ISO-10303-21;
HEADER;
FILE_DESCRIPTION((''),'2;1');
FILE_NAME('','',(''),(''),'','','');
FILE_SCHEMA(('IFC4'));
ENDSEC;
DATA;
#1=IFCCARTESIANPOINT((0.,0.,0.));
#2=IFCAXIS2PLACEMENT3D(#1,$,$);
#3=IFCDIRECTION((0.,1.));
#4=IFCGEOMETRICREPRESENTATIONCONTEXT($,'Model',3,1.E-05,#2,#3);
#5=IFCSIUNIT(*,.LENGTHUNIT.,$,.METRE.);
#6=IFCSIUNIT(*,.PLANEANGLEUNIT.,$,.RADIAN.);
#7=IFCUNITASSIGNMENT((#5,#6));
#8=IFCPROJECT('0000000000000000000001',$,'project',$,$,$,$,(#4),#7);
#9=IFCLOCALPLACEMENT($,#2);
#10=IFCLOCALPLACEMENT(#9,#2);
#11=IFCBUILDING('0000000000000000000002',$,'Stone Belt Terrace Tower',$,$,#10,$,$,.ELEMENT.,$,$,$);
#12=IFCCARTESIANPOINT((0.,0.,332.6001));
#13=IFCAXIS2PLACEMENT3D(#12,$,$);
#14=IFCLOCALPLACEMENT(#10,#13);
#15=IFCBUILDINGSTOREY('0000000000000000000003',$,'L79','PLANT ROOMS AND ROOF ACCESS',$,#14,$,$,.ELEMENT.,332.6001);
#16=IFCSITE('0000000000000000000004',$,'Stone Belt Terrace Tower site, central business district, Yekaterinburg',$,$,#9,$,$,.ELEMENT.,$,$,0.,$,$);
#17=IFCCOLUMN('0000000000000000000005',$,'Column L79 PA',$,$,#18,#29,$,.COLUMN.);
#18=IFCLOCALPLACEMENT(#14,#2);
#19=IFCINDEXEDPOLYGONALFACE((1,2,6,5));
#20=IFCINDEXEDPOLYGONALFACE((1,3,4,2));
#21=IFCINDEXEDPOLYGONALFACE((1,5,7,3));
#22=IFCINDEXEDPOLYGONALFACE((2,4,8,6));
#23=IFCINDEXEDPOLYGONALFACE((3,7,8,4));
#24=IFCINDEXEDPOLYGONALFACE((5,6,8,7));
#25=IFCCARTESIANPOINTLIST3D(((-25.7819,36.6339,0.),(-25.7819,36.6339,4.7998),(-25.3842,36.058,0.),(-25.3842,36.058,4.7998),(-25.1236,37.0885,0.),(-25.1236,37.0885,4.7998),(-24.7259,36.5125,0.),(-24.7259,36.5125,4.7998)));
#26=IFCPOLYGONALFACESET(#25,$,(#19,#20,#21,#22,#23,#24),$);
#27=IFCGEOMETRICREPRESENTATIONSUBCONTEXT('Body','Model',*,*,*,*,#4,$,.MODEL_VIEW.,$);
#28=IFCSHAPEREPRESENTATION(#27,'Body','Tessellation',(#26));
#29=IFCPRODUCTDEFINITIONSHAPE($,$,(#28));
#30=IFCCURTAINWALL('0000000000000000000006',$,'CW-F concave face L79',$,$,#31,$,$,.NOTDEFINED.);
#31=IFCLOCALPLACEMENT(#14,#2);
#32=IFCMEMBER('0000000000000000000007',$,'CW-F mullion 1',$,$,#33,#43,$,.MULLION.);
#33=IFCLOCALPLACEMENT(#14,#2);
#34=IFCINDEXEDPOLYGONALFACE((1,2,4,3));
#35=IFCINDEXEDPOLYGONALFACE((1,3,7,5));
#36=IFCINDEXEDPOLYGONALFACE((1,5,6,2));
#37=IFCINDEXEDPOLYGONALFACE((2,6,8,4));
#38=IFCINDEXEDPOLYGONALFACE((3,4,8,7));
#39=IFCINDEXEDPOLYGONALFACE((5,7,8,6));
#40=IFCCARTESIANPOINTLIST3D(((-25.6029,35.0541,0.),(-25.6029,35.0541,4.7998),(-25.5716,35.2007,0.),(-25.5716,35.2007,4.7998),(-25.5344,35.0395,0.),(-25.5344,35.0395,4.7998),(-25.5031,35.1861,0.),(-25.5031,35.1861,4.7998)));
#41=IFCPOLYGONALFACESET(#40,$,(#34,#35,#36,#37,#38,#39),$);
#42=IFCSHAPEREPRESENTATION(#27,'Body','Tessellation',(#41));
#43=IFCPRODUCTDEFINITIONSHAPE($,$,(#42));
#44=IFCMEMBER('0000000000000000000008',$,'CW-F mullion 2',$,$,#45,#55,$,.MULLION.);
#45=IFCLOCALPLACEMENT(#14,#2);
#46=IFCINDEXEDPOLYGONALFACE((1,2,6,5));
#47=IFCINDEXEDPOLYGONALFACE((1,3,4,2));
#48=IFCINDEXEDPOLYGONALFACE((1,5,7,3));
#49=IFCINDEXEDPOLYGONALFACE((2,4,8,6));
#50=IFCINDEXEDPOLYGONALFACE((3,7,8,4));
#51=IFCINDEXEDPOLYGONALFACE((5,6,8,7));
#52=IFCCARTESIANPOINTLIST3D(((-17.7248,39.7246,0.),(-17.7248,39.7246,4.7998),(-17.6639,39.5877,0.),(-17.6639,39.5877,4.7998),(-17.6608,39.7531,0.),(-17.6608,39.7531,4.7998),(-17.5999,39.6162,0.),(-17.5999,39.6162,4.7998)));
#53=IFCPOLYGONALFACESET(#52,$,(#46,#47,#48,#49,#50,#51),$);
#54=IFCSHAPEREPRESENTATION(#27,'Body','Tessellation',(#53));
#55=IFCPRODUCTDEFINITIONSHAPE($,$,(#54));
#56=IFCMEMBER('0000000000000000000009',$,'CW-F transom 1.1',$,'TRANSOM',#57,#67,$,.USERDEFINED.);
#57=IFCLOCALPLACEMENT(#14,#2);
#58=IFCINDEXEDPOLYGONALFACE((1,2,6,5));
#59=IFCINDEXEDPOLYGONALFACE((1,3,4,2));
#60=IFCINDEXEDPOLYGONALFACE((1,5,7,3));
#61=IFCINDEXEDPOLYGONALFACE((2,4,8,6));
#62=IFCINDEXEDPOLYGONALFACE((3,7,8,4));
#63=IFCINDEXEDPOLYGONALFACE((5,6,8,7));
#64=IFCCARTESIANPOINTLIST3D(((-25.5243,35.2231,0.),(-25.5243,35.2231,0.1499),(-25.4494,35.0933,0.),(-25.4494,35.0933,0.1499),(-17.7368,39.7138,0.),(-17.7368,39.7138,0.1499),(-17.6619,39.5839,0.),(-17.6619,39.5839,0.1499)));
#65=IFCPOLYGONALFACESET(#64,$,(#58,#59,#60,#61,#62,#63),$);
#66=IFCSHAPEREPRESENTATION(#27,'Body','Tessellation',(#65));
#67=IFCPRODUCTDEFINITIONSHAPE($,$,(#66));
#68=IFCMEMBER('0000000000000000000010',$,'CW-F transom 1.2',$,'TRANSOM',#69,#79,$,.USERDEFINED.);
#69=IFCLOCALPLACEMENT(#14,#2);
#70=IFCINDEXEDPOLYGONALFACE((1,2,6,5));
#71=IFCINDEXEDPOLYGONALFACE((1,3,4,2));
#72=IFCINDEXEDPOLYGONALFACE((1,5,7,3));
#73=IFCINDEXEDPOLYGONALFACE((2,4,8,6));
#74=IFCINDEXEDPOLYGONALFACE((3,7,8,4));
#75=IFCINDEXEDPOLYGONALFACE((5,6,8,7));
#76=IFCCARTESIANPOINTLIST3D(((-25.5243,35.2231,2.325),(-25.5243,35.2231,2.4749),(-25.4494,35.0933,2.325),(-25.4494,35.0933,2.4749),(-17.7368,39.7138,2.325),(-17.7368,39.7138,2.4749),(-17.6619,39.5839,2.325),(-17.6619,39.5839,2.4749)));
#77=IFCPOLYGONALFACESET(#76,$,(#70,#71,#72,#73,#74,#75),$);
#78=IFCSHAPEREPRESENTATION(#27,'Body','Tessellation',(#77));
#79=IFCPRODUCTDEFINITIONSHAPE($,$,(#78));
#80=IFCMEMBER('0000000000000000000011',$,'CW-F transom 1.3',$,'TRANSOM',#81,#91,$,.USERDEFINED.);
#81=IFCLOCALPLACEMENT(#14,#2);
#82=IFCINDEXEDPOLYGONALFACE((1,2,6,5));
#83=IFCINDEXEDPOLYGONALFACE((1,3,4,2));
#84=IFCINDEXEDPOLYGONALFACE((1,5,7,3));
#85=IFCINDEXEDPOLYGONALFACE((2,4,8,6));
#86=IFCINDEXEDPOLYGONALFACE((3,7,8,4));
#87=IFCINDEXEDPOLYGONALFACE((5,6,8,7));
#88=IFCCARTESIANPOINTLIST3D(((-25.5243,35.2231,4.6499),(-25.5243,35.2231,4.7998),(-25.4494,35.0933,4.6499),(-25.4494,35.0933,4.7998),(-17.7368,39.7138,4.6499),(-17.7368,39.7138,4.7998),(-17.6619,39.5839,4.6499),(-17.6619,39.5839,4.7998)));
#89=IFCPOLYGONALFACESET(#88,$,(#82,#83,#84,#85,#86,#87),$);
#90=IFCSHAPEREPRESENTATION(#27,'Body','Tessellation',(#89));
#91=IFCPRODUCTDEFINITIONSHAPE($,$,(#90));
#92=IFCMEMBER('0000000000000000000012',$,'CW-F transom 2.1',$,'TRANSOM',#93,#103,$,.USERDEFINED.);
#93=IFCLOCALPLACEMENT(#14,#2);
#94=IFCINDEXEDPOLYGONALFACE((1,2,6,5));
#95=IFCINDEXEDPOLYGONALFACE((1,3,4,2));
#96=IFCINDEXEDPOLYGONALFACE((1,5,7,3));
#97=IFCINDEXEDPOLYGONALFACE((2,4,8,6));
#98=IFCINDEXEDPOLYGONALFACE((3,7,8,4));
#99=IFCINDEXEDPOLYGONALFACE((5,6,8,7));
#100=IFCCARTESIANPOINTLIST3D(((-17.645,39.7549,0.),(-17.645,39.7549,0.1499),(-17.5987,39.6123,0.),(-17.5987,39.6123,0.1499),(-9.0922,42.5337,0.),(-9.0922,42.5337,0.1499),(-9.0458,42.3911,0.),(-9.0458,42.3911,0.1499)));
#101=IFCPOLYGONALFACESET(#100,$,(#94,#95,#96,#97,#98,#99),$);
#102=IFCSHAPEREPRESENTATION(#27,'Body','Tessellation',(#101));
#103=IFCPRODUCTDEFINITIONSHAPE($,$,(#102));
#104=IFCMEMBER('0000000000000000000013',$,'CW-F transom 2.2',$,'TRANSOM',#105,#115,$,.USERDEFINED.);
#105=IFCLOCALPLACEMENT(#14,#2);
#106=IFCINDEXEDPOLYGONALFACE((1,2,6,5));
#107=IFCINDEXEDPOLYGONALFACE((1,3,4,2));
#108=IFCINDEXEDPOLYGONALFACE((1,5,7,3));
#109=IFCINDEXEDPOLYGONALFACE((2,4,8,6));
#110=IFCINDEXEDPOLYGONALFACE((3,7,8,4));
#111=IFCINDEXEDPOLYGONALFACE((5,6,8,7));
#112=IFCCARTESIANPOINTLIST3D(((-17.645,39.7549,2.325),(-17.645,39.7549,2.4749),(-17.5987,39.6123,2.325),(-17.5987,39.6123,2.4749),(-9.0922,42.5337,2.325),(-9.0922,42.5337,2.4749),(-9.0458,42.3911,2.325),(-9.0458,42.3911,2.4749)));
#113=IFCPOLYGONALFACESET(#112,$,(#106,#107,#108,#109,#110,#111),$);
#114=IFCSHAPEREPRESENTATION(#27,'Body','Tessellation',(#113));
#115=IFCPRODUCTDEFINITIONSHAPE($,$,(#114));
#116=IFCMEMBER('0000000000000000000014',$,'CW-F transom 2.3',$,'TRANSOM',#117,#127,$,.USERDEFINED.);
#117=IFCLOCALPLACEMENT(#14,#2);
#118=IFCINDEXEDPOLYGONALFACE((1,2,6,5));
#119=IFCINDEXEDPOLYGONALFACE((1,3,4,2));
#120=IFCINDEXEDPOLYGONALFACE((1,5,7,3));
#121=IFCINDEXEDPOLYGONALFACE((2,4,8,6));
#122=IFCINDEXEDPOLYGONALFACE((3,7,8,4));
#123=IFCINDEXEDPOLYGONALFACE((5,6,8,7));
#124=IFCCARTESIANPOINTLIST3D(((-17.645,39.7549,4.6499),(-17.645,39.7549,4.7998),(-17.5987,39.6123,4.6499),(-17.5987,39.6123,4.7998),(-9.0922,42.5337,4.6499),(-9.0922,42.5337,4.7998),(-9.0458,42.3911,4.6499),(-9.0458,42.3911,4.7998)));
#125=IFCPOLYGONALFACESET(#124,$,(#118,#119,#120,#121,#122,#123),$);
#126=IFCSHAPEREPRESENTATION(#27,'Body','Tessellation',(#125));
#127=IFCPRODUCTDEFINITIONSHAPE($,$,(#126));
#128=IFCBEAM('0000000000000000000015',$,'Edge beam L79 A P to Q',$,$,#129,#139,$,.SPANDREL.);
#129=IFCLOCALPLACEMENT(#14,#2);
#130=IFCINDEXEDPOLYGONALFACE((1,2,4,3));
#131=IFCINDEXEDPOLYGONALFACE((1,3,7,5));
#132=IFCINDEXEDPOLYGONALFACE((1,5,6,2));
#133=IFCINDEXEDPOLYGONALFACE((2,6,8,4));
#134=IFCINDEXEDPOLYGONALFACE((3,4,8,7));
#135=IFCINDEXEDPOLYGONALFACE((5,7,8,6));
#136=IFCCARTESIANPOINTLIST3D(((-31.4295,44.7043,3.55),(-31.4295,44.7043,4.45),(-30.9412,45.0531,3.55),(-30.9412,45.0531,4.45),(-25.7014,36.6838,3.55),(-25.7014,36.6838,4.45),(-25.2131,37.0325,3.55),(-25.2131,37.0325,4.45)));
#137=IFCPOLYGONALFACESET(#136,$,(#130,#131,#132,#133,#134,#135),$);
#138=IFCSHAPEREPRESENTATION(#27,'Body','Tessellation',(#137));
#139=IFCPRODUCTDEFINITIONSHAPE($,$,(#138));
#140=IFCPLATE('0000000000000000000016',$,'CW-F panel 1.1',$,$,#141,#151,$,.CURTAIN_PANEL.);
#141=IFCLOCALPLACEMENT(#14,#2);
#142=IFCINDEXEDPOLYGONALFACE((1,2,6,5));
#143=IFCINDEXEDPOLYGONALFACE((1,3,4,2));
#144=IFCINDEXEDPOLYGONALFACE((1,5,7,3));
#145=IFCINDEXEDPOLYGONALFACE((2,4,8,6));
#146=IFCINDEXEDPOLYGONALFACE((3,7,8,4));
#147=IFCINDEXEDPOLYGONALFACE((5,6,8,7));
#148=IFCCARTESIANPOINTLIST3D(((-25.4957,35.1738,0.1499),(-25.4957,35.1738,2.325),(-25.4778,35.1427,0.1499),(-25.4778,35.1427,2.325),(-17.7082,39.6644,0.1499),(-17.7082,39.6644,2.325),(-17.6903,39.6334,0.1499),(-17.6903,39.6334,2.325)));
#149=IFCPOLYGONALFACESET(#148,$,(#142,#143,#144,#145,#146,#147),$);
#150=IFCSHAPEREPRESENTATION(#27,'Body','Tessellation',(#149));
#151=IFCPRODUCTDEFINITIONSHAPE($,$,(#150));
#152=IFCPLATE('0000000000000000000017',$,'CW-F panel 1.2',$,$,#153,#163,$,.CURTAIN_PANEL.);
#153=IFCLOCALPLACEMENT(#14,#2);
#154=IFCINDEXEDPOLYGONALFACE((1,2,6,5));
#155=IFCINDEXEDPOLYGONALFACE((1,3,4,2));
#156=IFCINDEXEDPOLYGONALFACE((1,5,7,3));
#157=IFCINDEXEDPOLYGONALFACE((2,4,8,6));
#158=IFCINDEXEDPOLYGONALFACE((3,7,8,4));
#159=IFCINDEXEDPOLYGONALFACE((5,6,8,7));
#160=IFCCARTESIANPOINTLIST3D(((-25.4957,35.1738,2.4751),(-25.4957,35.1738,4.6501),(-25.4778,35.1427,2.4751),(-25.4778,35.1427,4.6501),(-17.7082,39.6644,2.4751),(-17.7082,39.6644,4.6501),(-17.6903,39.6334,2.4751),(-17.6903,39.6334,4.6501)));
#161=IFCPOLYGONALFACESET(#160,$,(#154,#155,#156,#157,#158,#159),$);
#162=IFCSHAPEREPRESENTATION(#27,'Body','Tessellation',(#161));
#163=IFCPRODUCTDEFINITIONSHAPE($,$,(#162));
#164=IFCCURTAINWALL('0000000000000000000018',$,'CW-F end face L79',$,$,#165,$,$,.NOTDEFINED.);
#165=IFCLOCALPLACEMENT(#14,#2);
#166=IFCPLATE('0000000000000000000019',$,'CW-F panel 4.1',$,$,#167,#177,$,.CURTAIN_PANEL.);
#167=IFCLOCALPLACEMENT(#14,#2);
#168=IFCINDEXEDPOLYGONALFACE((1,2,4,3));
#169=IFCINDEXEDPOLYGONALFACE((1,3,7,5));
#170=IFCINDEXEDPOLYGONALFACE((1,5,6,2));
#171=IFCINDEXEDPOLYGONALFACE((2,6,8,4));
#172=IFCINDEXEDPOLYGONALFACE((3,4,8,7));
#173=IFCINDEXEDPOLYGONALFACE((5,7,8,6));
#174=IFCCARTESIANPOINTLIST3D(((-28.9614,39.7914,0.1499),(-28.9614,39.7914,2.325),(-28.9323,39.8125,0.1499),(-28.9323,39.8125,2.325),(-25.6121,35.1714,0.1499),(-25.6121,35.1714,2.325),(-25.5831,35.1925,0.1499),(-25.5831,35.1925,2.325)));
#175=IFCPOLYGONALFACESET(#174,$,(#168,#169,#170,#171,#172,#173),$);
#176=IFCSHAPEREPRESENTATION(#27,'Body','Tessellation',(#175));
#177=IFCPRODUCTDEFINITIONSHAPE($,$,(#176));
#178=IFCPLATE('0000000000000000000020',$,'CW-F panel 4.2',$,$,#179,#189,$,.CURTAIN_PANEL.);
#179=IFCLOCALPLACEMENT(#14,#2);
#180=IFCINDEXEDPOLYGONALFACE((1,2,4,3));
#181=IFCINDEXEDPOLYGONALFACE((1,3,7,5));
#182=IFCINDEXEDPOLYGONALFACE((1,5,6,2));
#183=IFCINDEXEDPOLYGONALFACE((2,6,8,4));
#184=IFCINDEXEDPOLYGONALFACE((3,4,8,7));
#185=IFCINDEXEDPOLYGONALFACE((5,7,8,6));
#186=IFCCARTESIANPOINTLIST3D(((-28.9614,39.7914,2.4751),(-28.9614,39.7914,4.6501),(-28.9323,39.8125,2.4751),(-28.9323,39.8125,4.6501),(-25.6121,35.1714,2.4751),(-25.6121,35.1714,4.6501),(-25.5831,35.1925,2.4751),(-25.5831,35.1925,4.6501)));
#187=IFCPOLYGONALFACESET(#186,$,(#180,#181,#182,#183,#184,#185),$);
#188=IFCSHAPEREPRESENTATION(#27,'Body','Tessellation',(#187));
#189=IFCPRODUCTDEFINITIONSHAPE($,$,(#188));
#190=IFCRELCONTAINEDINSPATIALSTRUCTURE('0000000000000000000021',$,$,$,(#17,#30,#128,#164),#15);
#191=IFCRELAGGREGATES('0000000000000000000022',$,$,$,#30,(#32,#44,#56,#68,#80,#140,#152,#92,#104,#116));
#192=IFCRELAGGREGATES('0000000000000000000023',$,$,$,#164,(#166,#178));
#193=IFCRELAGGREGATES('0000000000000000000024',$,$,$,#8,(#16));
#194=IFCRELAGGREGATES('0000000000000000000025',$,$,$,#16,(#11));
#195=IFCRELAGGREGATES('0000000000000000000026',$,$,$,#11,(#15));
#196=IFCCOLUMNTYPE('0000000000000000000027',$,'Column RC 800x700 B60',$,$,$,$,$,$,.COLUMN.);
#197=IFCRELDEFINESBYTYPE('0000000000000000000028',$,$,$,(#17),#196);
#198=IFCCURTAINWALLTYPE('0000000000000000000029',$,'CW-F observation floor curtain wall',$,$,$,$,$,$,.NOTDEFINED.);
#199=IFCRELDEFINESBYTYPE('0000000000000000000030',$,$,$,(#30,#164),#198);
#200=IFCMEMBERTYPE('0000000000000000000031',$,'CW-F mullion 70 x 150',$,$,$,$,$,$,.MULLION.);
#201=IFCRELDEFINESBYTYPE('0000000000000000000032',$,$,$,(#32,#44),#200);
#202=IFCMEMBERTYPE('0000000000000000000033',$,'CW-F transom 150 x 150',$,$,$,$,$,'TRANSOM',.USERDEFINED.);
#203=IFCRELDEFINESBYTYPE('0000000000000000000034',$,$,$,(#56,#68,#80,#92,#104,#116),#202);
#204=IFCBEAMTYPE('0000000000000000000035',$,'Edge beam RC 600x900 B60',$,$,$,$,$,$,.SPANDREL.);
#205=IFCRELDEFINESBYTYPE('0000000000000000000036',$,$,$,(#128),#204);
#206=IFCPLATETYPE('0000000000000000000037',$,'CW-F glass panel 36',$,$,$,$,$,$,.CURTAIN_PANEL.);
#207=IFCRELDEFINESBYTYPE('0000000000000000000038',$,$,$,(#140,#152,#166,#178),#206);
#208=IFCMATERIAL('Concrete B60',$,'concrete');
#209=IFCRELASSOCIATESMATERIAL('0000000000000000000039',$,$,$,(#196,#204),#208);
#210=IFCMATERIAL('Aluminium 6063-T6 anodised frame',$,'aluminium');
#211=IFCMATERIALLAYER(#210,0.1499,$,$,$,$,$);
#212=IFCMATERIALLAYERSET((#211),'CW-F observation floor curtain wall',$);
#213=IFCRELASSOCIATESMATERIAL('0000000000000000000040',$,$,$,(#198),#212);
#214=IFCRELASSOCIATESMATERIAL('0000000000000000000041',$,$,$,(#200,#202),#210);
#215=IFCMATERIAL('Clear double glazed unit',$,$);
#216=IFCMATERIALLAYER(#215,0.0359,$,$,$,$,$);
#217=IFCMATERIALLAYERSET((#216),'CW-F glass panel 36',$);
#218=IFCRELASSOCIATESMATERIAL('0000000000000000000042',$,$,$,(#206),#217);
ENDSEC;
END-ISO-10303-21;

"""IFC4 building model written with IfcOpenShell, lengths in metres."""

from ifc_helpers import new_model, si_unit, direction, frame, origin, origin_2d, place, context, subcontext, project, spatial, rectangle, extrude, material, layer, layer_set, material_profile, profile_set, type_object, element, aggregate, save


model = new_model("IFC4")

# Units and contexts
model_context = context("Model", 3, precision=1e-05, world=origin(), true_north=direction((0.0, 1.0)))
body_context = subcontext(model_context, "Body", "Model", "MODEL_VIEW")
ifc_project = project(units=[si_unit("LENGTHUNIT", "METRE"), si_unit("PLANEANGLEUNIT", "RADIAN")], contexts=[model_context])

# Site, building, storey
site_placement = place(None, origin())
site = spatial("IfcSite", under=ifc_project, at=site_placement, Name="Stone Belt Terrace Tower site, central business district, Yekaterinburg", CompositionType="ELEMENT", RefElevation=0.0)
building_placement = place(site_placement, origin())
building = spatial("IfcBuilding", under=site, at=building_placement, Name="Stone Belt Terrace Tower", CompositionType="ELEMENT")
storey_placement = place(building_placement, frame((0.0, 0.0, 332.6001)))
storey = spatial("IfcBuildingStorey", under=building, at=storey_placement, Name="L79", Description="PLANT ROOMS AND ROOF ACCESS", CompositionType="ELEMENT", Elevation=332.6001)

# Column
ifc_material_1 = material(Name="Concrete B60", Category="concrete")
ifc_material_profile_1 = material_profile(ifc_material_1, rectangle(XDim=0.8, YDim=0.7, at=origin_2d()), Name="RC 800x700")
ifc_profile_set_1 = profile_set([ifc_material_profile_1], Name="Concrete B60")
column_type = type_object("IfcColumnType", Name="Column RC 800x700 B60", PredefinedType="COLUMN", material=ifc_profile_set_1)
column_placement = place(storey_placement, frame((-25.2539, 36.5732, 0.0), z_axis=(0.0, 0.0, 1.0), x_axis=(0.822887, 0.568206, 0.0)))
element("IfcColumn", 1, at=column_placement, inside=storey, type_object=column_type, Name="Column L79 PA", PredefinedType="COLUMN", context=body_context, shape_type="SweptSolid", body=[
    extrude(rectangle(XDim=0.8, YDim=0.7, at=origin_2d()), origin(), (0.0, 0.0, 1.0), 4.7998),
])

# Curtain wall, members
ifc_material_2 = material(Name="Aluminium 6063-T6 anodised frame", Category="aluminium")
ifc_layer_1 = layer(ifc_material_2, 0.1499)
ifc_layer_set_1 = layer_set([ifc_layer_1], Name="CW-F observation floor curtain wall")
curtain_wall_type = type_object("IfcCurtainWallType", Name="CW-F observation floor curtain wall", PredefinedType="NOTDEFINED", material=ifc_layer_set_1)
curtain_wall_1_placement = place(storey_placement, origin())
curtain_wall_1 = element("IfcCurtainWall", 2, at=curtain_wall_1_placement, inside=storey, type_object=curtain_wall_type, Name="CW-F concave face L79", PredefinedType="NOTDEFINED")
ifc_material_profile_2 = material_profile(ifc_material_2, rectangle(XDim=0.1499, YDim=0.0701, at=origin_2d()), Name="Aluminium 6063-T6 70x150")
ifc_profile_set_2 = profile_set([ifc_material_profile_2], Name="Aluminium 6063-T6 anodised frame")
member_type_1 = type_object("IfcMemberType", Name="CW-F mullion 70 x 150", PredefinedType="MULLION", material=ifc_profile_set_2)
member_1_placement = place(storey_placement, frame((-25.553, 35.1201, 0.0), z_axis=(0.0, 0.0, 1.0), x_axis=(0.208679, 0.977984, 0.0)))
member_1 = element("IfcMember", 3, at=member_1_placement, type_object=member_type_1, Name="CW-F mullion 1", PredefinedType="MULLION", context=body_context, shape_type="SweptSolid", body=[
    extrude(rectangle(XDim=0.1499, YDim=0.0701, at=origin_2d()), origin(), (0.0, 0.0, 1.0), 4.7998),
])
member_2_placement = place(storey_placement, frame((-17.6624, 39.6704, 0.0), z_axis=(0.0, 0.0, 1.0), x_axis=(-0.406498, 0.913652, 0.0)))
member_2 = element("IfcMember", 4, at=member_2_placement, type_object=member_type_1, Name="CW-F mullion 2", PredefinedType="MULLION", context=body_context, shape_type="SweptSolid", body=[
    extrude(rectangle(XDim=0.1499, YDim=0.0701, at=origin_2d()), origin(), (0.0, 0.0, 1.0), 4.7998),
])
ifc_material_profile_3 = material_profile(ifc_material_2, rectangle(XDim=0.1499, YDim=0.1499, at=origin_2d()), Name="Aluminium 6063-T6 150x150")
ifc_profile_set_3 = profile_set([ifc_material_profile_3], Name="Aluminium 6063-T6 anodised frame")
member_type_2 = type_object("IfcMemberType", Name="CW-F transom 150 x 150", ElementType="TRANSOM", PredefinedType="USERDEFINED", material=ifc_profile_set_3)
member_3_placement = place(storey_placement, frame((-25.4868, 35.1582, 0.075), z_axis=(0.866288, 0.499545, 0.0), x_axis=(-0.499545, 0.866288, 0.0)))
member_3 = element("IfcMember", 5, at=member_3_placement, type_object=member_type_2, Name="CW-F transom 1.1", ObjectType="TRANSOM", PredefinedType="USERDEFINED", context=body_context, shape_type="SweptSolid", body=[
    extrude(rectangle(XDim=0.1499, YDim=0.1499, at=origin_2d()), origin(), (0.0, 0.0, 1.0), 8.9895),
])
member_4_placement = place(storey_placement, frame((-25.4868, 35.1582, 2.3999), z_axis=(0.866288, 0.499545, 0.0), x_axis=(-0.499545, 0.866288, 0.0)))
member_4 = element("IfcMember", 6, at=member_4_placement, type_object=member_type_2, Name="CW-F transom 1.2", ObjectType="TRANSOM", PredefinedType="USERDEFINED", context=body_context, shape_type="SweptSolid", body=[
    extrude(rectangle(XDim=0.1499, YDim=0.1499, at=origin_2d()), origin(), (0.0, 0.0, 1.0), 8.9895),
])
member_5_placement = place(storey_placement, frame((-25.4868, 35.1582, 4.7249), z_axis=(0.866288, 0.499545, 0.0), x_axis=(-0.499545, 0.866288, 0.0)))
member_5 = element("IfcMember", 7, at=member_5_placement, type_object=member_type_2, Name="CW-F transom 1.3", ObjectType="TRANSOM", PredefinedType="USERDEFINED", context=body_context, shape_type="SweptSolid", body=[
    extrude(rectangle(XDim=0.1499, YDim=0.1499, at=origin_2d()), origin(), (0.0, 0.0, 1.0), 8.9895),
])
member_6_placement = place(storey_placement, frame((-17.6218, 39.6836, 0.075), z_axis=(0.951061, 0.309003, 0.0), x_axis=(-0.309003, 0.951061, 0.0)))
member_6 = element("IfcMember", 8, at=member_6_placement, type_object=member_type_2, Name="CW-F transom 2.1", ObjectType="TRANSOM", PredefinedType="USERDEFINED", context=body_context, shape_type="SweptSolid", body=[
    extrude(rectangle(XDim=0.1499, YDim=0.1499, at=origin_2d()), origin(), (0.0, 0.0, 1.0), 8.9929),
])
member_7_placement = place(storey_placement, frame((-17.6218, 39.6836, 2.3999), z_axis=(0.951061, 0.309003, 0.0), x_axis=(-0.309003, 0.951061, 0.0)))
member_7 = element("IfcMember", 9, at=member_7_placement, type_object=member_type_2, Name="CW-F transom 2.2", ObjectType="TRANSOM", PredefinedType="USERDEFINED", context=body_context, shape_type="SweptSolid", body=[
    extrude(rectangle(XDim=0.1499, YDim=0.1499, at=origin_2d()), origin(), (0.0, 0.0, 1.0), 8.9929),
])
member_8_placement = place(storey_placement, frame((-17.6218, 39.6836, 4.7249), z_axis=(0.951061, 0.309003, 0.0), x_axis=(-0.309003, 0.951061, 0.0)))
member_8 = element("IfcMember", 10, at=member_8_placement, type_object=member_type_2, Name="CW-F transom 2.3", ObjectType="TRANSOM", PredefinedType="USERDEFINED", context=body_context, shape_type="SweptSolid", body=[
    extrude(rectangle(XDim=0.1499, YDim=0.1499, at=origin_2d()), origin(), (0.0, 0.0, 1.0), 8.9929),
])

# Beam
ifc_material_profile_4 = material_profile(ifc_material_1, rectangle(XDim=0.6001, YDim=0.8999, at=origin_2d()), Name="RC 600x900")
ifc_profile_set_4 = profile_set([ifc_material_profile_4], Name="Concrete B60")
beam_type = type_object("IfcBeamType", Name="Edge beam RC 600x900 B60", PredefinedType="SPANDREL", material=ifc_profile_set_4)
beam_placement = place(storey_placement, frame((-25.4573, 36.8582, 4.0), z_axis=(-0.581177, 0.813777, 0.0), x_axis=(-0.813777, -0.581177, 0.0)))
element("IfcBeam", 11, at=beam_placement, inside=storey, type_object=beam_type, Name="Edge beam L79 A P to Q", PredefinedType="SPANDREL", context=body_context, shape_type="SweptSolid", body=[
    extrude(rectangle(XDim=0.6001, YDim=0.8999, at=origin_2d()), origin(), (0.0, 0.0, 1.0), 9.856),
])

# Plates
ifc_material_3 = material(Name="Clear double glazed unit")
ifc_layer_2 = layer(ifc_material_3, 0.0359)
ifc_layer_set_2 = layer_set([ifc_layer_2], Name="CW-F glass panel 36")
plate_type = type_object("IfcPlateType", Name="CW-F glass panel 36", PredefinedType="CURTAIN_PANEL", material=ifc_layer_set_2)
plate_1_placement = place(storey_placement, frame((-21.593, 37.4036, 0.1499), z_axis=(0.0, 0.0, 1.0), x_axis=(0.866287, 0.499547, 0.0)))
plate_1 = element("IfcPlate", 12, at=plate_1_placement, type_object=plate_type, Name="CW-F panel 1.1", PredefinedType="CURTAIN_PANEL", context=body_context, shape_type="SweptSolid", body=[
    extrude(rectangle(XDim=8.9895, YDim=0.0359, at=origin_2d()), origin(), (0.0, 0.0, 1.0), 2.175),
])
plate_2_placement = place(storey_placement, frame((-21.593, 37.4036, 2.4751), z_axis=(0.0, 0.0, 1.0), x_axis=(0.866287, 0.499547, 0.0)))
plate_2 = element("IfcPlate", 13, at=plate_2_placement, type_object=plate_type, Name="CW-F panel 1.2", PredefinedType="CURTAIN_PANEL", context=body_context, shape_type="SweptSolid", body=[
    extrude(rectangle(XDim=8.9895, YDim=0.0359, at=origin_2d()), origin(), (0.0, 0.0, 1.0), 2.175),
])
aggregate(curtain_wall_1, [member_1, member_2, member_3, member_4, member_5, plate_1, plate_2, member_6, member_7, member_8])

# Curtain wall, plates
curtain_wall_2_placement = place(storey_placement, origin())
curtain_wall_2 = element("IfcCurtainWall", 14, at=curtain_wall_2_placement, inside=storey, type_object=curtain_wall_type, Name="CW-F end face L79", PredefinedType="NOTDEFINED")
plate_3_placement = place(storey_placement, frame((-27.2722, 37.4919, 0.1499), z_axis=(0.0, 0.0, 1.0), x_axis=(0.586939, -0.809631, 0.0)))
plate_3 = element("IfcPlate", 15, at=plate_3_placement, type_object=plate_type, Name="CW-F panel 4.1", PredefinedType="CURTAIN_PANEL", context=body_context, shape_type="SweptSolid", body=[
    extrude(rectangle(XDim=5.7063, YDim=0.0359, at=origin_2d()), origin(), (0.0, 0.0, 1.0), 2.175),
])
plate_4_placement = place(storey_placement, frame((-27.2722, 37.4919, 2.4751), z_axis=(0.0, 0.0, 1.0), x_axis=(0.586939, -0.809631, 0.0)))
plate_4 = element("IfcPlate", 16, at=plate_4_placement, type_object=plate_type, Name="CW-F panel 4.2", PredefinedType="CURTAIN_PANEL", context=body_context, shape_type="SweptSolid", body=[
    extrude(rectangle(XDim=5.7063, YDim=0.0359, at=origin_2d()), origin(), (0.0, 0.0, 1.0), 2.175),
])
aggregate(curtain_wall_2, [plate_3, plate_4])

save(model, "model.ifc")
